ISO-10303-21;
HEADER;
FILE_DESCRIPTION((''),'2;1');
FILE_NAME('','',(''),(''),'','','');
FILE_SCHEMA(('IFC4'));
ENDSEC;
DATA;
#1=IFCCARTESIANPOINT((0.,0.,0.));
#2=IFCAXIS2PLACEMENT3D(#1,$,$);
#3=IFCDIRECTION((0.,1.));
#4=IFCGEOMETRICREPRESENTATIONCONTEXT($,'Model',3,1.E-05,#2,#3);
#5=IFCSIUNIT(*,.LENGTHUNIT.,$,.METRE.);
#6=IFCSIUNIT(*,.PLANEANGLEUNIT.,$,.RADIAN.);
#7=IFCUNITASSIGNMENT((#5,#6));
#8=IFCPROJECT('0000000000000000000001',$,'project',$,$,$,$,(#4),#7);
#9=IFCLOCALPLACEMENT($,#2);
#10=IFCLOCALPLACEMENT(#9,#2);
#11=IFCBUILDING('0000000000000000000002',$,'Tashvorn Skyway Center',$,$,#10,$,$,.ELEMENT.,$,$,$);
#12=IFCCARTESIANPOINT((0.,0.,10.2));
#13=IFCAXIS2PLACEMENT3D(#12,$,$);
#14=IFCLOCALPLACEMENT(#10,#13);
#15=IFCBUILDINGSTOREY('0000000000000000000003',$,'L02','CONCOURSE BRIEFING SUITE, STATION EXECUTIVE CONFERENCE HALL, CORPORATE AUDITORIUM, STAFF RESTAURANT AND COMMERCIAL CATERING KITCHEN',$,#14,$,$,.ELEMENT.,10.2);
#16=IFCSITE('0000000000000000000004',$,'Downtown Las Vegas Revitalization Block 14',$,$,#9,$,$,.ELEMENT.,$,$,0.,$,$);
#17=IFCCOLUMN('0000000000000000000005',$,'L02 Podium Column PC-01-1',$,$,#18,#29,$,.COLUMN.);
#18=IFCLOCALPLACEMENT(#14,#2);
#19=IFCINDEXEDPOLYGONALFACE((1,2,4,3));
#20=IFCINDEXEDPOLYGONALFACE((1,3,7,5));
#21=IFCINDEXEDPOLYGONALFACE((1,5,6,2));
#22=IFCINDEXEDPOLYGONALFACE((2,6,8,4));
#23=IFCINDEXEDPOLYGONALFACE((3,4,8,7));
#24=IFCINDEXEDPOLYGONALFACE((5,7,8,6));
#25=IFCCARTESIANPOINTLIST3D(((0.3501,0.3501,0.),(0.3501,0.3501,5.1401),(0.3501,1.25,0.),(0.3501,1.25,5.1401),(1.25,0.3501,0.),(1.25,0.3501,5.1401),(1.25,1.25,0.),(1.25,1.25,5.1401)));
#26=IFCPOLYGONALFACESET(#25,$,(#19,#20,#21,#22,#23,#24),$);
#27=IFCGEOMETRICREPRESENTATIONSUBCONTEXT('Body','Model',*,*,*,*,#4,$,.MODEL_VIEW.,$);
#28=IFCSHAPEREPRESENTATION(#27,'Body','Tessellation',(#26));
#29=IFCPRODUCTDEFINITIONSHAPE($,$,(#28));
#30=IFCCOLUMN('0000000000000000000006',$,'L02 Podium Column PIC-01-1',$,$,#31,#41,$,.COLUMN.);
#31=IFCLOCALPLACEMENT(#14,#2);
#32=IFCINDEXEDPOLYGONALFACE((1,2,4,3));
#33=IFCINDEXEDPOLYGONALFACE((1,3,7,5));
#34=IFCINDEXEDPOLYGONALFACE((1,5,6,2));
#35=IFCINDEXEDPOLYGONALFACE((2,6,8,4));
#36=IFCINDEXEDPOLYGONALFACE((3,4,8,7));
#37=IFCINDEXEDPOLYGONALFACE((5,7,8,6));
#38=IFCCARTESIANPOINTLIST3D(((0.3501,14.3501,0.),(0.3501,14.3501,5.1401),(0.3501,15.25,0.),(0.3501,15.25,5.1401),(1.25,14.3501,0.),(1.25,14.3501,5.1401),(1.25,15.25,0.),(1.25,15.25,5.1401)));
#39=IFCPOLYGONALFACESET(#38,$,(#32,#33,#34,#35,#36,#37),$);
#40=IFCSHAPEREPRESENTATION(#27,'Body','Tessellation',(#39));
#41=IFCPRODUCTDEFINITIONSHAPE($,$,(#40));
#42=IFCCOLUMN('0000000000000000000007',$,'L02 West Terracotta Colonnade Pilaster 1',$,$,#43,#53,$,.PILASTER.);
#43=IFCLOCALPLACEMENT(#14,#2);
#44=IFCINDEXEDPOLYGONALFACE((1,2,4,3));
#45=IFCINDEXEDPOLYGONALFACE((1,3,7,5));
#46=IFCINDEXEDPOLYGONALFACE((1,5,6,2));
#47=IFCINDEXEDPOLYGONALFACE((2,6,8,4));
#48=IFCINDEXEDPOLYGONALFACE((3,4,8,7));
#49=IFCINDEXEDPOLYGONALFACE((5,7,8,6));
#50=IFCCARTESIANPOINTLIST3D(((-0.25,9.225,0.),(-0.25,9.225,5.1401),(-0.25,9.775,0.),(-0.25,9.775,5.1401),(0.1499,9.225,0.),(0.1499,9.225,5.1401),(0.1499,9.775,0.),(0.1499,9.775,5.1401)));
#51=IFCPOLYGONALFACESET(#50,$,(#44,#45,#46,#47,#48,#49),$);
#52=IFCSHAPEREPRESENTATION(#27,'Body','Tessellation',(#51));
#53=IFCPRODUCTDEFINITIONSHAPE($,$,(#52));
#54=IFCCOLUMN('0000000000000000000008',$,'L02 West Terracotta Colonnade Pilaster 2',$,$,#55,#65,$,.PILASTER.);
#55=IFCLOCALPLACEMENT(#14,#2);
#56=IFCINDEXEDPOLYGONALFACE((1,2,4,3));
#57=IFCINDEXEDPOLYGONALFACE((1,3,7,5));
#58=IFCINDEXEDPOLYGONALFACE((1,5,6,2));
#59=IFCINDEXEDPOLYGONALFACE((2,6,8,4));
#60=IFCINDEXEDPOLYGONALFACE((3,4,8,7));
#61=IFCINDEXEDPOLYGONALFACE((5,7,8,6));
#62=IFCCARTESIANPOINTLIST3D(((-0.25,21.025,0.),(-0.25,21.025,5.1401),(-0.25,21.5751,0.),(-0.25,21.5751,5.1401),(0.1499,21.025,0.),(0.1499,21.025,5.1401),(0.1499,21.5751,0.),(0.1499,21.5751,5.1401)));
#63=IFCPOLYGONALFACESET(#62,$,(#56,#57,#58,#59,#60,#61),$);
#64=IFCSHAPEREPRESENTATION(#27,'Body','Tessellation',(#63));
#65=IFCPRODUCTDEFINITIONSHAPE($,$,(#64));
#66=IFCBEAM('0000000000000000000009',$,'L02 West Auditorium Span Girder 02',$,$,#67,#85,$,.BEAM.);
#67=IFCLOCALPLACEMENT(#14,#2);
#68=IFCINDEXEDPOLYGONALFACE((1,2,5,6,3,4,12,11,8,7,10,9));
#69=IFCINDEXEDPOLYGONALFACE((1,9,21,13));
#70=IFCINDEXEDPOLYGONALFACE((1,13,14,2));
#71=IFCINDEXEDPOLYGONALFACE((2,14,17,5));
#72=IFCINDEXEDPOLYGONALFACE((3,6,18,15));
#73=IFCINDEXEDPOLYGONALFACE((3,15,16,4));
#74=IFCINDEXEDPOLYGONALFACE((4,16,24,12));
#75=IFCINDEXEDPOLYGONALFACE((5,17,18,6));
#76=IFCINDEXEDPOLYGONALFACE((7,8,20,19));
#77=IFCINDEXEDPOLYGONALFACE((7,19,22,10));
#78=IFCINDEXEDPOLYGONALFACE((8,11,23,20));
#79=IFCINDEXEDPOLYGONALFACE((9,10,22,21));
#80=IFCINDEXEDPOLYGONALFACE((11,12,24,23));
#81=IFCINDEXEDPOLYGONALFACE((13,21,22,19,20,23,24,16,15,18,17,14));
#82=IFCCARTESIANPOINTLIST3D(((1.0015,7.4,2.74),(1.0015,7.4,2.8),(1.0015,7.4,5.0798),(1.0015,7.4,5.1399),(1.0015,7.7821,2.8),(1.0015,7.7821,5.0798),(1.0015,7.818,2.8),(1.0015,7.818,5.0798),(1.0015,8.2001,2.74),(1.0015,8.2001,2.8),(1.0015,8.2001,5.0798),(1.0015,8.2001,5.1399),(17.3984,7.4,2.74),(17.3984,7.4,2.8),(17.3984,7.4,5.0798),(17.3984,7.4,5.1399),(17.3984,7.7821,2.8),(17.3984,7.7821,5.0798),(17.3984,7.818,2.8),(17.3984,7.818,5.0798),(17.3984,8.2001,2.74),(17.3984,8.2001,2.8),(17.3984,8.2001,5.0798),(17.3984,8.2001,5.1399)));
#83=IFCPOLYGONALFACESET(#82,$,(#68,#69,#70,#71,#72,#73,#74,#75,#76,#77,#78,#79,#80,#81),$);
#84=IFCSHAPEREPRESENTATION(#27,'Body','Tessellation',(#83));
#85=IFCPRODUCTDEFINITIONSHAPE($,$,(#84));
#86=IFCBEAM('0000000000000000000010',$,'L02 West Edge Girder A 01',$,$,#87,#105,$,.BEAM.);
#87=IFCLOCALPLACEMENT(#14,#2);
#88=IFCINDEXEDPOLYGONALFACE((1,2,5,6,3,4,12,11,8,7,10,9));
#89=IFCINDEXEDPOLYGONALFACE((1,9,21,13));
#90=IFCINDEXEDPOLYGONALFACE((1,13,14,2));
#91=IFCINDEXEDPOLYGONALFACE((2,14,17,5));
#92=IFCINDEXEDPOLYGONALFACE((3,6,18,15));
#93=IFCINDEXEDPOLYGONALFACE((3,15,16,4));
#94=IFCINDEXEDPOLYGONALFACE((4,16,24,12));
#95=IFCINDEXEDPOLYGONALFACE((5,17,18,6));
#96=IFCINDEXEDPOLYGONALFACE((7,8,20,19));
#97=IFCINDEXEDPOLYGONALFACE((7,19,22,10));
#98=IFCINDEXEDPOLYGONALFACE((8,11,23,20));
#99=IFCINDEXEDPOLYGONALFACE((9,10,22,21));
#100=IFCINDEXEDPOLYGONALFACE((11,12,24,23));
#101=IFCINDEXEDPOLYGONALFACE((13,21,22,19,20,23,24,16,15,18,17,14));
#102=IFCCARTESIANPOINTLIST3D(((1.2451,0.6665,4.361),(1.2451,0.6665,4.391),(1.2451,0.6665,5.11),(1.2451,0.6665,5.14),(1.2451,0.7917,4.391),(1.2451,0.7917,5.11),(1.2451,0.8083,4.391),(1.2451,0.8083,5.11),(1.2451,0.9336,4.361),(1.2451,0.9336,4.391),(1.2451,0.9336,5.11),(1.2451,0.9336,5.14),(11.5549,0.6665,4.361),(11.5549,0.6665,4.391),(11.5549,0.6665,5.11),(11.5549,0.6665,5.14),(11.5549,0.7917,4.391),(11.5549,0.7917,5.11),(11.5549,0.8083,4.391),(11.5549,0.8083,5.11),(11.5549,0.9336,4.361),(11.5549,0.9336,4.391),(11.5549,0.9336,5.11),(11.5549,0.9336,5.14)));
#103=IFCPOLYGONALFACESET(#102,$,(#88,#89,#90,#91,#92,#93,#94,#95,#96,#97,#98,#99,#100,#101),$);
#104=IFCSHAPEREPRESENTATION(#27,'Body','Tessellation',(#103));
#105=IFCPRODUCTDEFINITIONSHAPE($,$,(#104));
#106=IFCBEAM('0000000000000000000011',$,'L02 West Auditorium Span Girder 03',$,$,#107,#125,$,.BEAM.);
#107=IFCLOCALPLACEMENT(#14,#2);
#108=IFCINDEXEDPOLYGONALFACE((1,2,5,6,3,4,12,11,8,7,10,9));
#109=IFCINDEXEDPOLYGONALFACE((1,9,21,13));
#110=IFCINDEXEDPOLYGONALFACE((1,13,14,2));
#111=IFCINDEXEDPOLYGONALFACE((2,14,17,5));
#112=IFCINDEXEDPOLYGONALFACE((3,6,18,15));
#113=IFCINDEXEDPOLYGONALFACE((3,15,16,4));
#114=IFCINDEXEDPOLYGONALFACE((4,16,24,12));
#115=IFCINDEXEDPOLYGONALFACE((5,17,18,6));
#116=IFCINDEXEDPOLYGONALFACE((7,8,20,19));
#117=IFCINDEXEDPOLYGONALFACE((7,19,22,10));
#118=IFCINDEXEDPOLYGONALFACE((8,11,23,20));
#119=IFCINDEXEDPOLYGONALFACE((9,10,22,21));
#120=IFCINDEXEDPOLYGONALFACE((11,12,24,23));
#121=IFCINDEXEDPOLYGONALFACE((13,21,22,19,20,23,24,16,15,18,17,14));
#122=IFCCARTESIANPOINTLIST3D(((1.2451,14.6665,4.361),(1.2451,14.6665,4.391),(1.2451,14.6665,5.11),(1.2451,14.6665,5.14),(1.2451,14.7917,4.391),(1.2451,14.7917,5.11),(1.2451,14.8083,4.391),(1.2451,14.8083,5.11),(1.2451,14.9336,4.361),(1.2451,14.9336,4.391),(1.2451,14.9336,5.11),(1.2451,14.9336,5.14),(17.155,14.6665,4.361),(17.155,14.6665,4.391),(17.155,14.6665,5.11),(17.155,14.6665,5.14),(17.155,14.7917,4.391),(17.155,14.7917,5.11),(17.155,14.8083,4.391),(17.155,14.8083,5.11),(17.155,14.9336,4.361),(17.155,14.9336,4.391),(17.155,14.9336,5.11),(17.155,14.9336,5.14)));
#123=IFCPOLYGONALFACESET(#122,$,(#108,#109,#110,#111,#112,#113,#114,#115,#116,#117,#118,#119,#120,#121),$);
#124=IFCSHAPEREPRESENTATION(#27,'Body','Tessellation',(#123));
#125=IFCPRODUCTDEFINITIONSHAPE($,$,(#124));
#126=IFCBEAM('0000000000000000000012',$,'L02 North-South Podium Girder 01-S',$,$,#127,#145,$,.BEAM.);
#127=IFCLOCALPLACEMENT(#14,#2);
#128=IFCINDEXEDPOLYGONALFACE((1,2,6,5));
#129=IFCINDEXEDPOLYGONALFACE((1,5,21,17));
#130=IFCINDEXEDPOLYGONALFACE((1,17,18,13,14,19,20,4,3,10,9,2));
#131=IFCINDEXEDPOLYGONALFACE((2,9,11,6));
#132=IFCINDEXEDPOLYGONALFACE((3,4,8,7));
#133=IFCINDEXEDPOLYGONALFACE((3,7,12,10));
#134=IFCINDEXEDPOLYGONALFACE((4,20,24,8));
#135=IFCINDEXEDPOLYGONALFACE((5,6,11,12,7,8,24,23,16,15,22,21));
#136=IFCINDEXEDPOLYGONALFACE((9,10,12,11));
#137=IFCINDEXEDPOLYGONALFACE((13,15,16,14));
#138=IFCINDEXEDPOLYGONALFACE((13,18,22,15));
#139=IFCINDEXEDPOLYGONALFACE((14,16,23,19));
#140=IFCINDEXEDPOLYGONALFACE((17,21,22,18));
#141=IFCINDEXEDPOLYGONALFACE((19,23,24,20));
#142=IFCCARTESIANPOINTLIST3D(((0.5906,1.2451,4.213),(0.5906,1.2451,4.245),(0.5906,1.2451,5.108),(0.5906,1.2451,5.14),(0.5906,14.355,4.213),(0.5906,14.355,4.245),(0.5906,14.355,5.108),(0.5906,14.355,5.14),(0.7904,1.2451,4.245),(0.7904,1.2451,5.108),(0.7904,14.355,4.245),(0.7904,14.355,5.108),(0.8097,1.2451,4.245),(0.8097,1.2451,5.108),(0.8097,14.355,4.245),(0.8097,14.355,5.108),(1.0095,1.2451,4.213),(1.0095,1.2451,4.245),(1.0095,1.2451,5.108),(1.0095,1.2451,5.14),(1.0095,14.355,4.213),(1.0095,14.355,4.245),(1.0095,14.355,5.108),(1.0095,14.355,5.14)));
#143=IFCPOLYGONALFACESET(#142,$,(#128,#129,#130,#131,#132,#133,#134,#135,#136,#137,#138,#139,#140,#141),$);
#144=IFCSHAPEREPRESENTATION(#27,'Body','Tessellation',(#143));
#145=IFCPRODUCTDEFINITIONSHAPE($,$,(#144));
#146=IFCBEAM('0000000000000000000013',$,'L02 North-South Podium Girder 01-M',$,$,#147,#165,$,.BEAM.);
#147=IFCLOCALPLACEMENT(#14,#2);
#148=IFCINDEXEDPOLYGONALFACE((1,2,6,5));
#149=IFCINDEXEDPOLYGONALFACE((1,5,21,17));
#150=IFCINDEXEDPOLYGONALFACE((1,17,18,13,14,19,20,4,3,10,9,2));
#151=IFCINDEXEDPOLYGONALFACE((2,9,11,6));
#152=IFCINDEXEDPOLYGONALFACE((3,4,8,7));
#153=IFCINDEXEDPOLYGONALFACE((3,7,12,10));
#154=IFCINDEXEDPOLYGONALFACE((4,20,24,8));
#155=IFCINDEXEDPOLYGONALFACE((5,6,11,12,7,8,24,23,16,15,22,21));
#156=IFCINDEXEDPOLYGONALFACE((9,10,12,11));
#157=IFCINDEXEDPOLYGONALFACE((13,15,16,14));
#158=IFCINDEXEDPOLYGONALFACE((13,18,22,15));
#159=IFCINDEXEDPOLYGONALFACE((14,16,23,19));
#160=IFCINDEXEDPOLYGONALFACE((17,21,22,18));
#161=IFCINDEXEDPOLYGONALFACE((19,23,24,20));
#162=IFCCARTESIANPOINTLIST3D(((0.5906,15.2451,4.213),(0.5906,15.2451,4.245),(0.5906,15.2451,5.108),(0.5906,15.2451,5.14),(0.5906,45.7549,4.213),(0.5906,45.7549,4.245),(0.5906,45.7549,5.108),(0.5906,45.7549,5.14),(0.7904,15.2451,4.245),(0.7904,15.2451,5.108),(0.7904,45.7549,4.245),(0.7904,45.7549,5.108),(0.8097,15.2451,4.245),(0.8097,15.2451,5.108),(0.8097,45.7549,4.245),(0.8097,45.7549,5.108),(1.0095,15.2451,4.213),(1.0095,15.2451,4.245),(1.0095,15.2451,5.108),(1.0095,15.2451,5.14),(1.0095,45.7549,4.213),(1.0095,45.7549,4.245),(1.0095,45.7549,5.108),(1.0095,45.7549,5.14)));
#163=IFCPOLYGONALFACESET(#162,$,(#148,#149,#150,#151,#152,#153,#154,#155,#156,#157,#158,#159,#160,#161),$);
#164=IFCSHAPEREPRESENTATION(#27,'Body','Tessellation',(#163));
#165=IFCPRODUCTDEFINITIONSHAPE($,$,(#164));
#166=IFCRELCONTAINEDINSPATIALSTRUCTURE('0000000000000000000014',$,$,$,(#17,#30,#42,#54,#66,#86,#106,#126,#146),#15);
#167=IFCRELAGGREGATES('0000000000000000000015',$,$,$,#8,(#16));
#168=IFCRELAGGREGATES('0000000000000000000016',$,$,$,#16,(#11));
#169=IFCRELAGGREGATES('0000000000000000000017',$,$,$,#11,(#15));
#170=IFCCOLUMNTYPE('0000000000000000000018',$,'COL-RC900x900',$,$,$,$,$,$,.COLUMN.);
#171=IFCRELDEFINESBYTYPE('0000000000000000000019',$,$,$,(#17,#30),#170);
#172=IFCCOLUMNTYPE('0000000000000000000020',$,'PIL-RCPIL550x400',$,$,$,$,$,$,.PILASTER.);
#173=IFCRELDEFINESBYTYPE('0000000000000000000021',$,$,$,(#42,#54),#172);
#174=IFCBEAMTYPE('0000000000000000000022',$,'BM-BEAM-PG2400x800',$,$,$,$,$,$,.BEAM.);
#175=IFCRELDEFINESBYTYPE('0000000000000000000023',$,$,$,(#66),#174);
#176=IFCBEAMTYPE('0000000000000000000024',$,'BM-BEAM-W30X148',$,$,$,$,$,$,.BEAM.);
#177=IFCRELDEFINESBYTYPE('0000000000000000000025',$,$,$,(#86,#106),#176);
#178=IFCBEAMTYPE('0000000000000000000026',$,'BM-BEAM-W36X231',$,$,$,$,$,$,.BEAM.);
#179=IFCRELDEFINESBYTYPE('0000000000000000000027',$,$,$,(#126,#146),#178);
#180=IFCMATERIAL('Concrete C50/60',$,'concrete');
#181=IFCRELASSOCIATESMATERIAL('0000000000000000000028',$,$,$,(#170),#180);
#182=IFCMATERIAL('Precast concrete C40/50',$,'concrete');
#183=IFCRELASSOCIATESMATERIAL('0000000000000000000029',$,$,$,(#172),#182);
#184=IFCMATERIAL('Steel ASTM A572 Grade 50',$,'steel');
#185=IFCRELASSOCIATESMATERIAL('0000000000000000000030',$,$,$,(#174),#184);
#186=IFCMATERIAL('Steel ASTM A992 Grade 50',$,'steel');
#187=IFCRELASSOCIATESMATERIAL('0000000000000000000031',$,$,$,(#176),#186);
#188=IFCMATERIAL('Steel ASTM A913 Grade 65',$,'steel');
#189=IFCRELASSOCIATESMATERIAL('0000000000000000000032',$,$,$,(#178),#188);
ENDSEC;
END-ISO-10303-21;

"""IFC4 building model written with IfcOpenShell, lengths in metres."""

from ifc_helpers import new_model, si_unit, direction, frame, origin, origin_2d, place, context, subcontext, project, spatial, rectangle, i_section, extrude, material, material_profile, profile_set, type_object, element, save


model = new_model("IFC4")

# Units and contexts
model_context = context("Model", 3, precision=1e-05, world=origin(), true_north=direction((0.0, 1.0)))
body_context = subcontext(model_context, "Body", "Model", "MODEL_VIEW")
ifc_project = project(units=[si_unit("LENGTHUNIT", "METRE"), si_unit("PLANEANGLEUNIT", "RADIAN")], contexts=[model_context])

# Site, building, storey
site_placement = place(None, origin())
site = spatial("IfcSite", under=ifc_project, at=site_placement, Name="Downtown Las Vegas Revitalization Block 14", CompositionType="ELEMENT", RefElevation=0.0)
building_placement = place(site_placement, origin())
building = spatial("IfcBuilding", under=site, at=building_placement, Name="Tashvorn Skyway Center", CompositionType="ELEMENT")
storey_placement = place(building_placement, frame((0.0, 0.0, 10.2)))
storey = spatial("IfcBuildingStorey", under=building, at=storey_placement, Name="L02", Description="CONCOURSE BRIEFING SUITE, STATION EXECUTIVE CONFERENCE HALL, CORPORATE AUDITORIUM, STAFF RESTAURANT AND COMMERCIAL CATERING KITCHEN", CompositionType="ELEMENT", Elevation=10.2)

# Columns
ifc_material_1 = material(Name="Concrete C50/60", Category="concrete")
ifc_material_profile_1 = material_profile(ifc_material_1, rectangle(XDim=0.8999, YDim=0.8999, at=origin_2d()), Name="RC900x900")
ifc_profile_set_1 = profile_set([ifc_material_profile_1], Name="Concrete C50/60")
column_type_1 = type_object("IfcColumnType", Name="COL-RC900x900", PredefinedType="COLUMN", material=ifc_profile_set_1)
for number, where, z_axis, x_axis, name in (
    (1, (0.8, 0.8, 0.0), (0.0, 0.0, 1.0), (1.0, 0.0, 0.0), "L02 Podium Column PC-01-1"),
    (2, (0.8, 14.8, 0.0), (0.0, 0.0, 1.0), (1.0, 0.0, 0.0), "L02 Podium Column PIC-01-1"),
):
    element("IfcColumn", number, at=place(storey_placement, frame(where, z_axis=z_axis, x_axis=x_axis)), inside=storey, type_object=column_type_1, Name=name, PredefinedType="COLUMN", context=body_context, shape_type="SweptSolid", body=[
        extrude(rectangle(XDim=0.8999, YDim=0.8999, at=origin_2d()), origin(), (0.0, 0.0, 1.0), 5.1401),
    ])
ifc_material_2 = material(Name="Precast concrete C40/50", Category="concrete")
ifc_material_profile_2 = material_profile(ifc_material_2, rectangle(XDim=0.55, YDim=0.3999, at=origin_2d()), Name="RCPIL550x400")
ifc_profile_set_2 = profile_set([ifc_material_profile_2], Name="Precast concrete C40/50")
column_type_2 = type_object("IfcColumnType", Name="PIL-RCPIL550x400", PredefinedType="PILASTER", material=ifc_profile_set_2)
for number, where, z_axis, x_axis, name in (
    (3, (-0.05, 9.5, 0.0), (0.0, 0.0, 1.0), (0.0, 1.0, 0.0), "L02 West Terracotta Colonnade Pilaster 1"),
    (4, (-0.05, 21.3, 0.0), (0.0, 0.0, 1.0), (0.0, 1.0, 0.0), "L02 West Terracotta Colonnade Pilaster 2"),
):
    element("IfcColumn", number, at=place(storey_placement, frame(where, z_axis=z_axis, x_axis=x_axis)), inside=storey, type_object=column_type_2, Name=name, PredefinedType="PILASTER", context=body_context, shape_type="SweptSolid", body=[
        extrude(rectangle(XDim=0.55, YDim=0.3999, at=origin_2d()), origin(), (0.0, 0.0, 1.0), 5.1401),
    ])

# Beams
ifc_material_3 = material(Name="Steel ASTM A572 Grade 50", Category="steel")
ifc_material_profile_3 = material_profile(ifc_material_3, i_section(OverallWidth=0.8, OverallDepth=2.3999, WebThickness=0.0359, FlangeThickness=0.0601, at=origin_2d()), Name="PG2400x800")
ifc_profile_set_3 = profile_set([ifc_material_profile_3], Name="Steel ASTM A572 Grade 50")
beam_type_1 = type_object("IfcBeamType", Name="BM-BEAM-PG2400x800", PredefinedType="BEAM", material=ifc_profile_set_3)
beam_1_placement = place(storey_placement, frame((1.0015, 7.8, 3.9399), z_axis=(1.0, 0.0, 0.0), x_axis=(0.0, 1.0, 0.0)))
element("IfcBeam", 5, at=beam_1_placement, inside=storey, type_object=beam_type_1, Name="L02 West Auditorium Span Girder 02", PredefinedType="BEAM", context=body_context, shape_type="SweptSolid", body=[
    extrude(i_section(OverallWidth=0.8, OverallDepth=2.3999, WebThickness=0.0359, FlangeThickness=0.0601, at=origin_2d()), origin(), (0.0, 0.0, 1.0), 16.397),
])
ifc_material_4 = material(Name="Steel ASTM A992 Grade 50", Category="steel")
ifc_material_profile_4 = material_profile(ifc_material_4, i_section(OverallWidth=0.2671, OverallDepth=0.7791, WebThickness=0.0166, FlangeThickness=0.03, at=origin_2d()), Name="W30X148")
ifc_profile_set_4 = profile_set([ifc_material_profile_4], Name="Steel ASTM A992 Grade 50")
beam_type_2 = type_object("IfcBeamType", Name="BM-BEAM-W30X148", PredefinedType="BEAM", material=ifc_profile_set_4)
beam_2_placement = place(storey_placement, frame((1.2451, 0.8, 4.7505), z_axis=(1.0, 0.0, 0.0), x_axis=(0.0, 1.0, 0.0)))
element("IfcBeam", 6, at=beam_2_placement, inside=storey, type_object=beam_type_2, Name="L02 West Edge Girder A 01", PredefinedType="BEAM", context=body_context, shape_type="SweptSolid", body=[
    extrude(i_section(OverallWidth=0.2671, OverallDepth=0.7791, WebThickness=0.0166, FlangeThickness=0.03, at=origin_2d()), origin(), (0.0, 0.0, 1.0), 10.3098),
])
beam_3_placement = place(storey_placement, frame((1.2451, 14.8, 4.7505), z_axis=(1.0, 0.0, 0.0), x_axis=(0.0, 1.0, 0.0)))
element("IfcBeam", 7, at=beam_3_placement, inside=storey, type_object=beam_type_2, Name="L02 West Auditorium Span Girder 03", PredefinedType="BEAM", context=body_context, shape_type="SweptSolid", body=[
    extrude(i_section(OverallWidth=0.2671, OverallDepth=0.7791, WebThickness=0.0166, FlangeThickness=0.03, at=origin_2d()), origin(), (0.0, 0.0, 1.0), 15.9099),
])
ifc_material_5 = material(Name="Steel ASTM A913 Grade 65", Category="steel")
ifc_material_profile_5 = material_profile(ifc_material_5, i_section(OverallWidth=0.4189, OverallDepth=0.927, WebThickness=0.0193, FlangeThickness=0.032, at=origin_2d()), Name="W36X231")
ifc_profile_set_5 = profile_set([ifc_material_profile_5], Name="Steel ASTM A913 Grade 65")
beam_type_3 = type_object("IfcBeamType", Name="BM-BEAM-W36X231", PredefinedType="BEAM", material=ifc_profile_set_5)
beam_4_placement = place(storey_placement, frame((0.8, 1.2451, 4.6765), z_axis=(0.0, 1.0, 0.0), x_axis=(-1.0, 0.0, 0.0)))
element("IfcBeam", 8, at=beam_4_placement, inside=storey, type_object=beam_type_3, Name="L02 North-South Podium Girder 01-S", PredefinedType="BEAM", context=body_context, shape_type="SweptSolid", body=[
    extrude(i_section(OverallWidth=0.4189, OverallDepth=0.927, WebThickness=0.0193, FlangeThickness=0.032, at=origin_2d()), origin(), (0.0, 0.0, 1.0), 13.1099),
])
beam_5_placement = place(storey_placement, frame((0.8, 15.2451, 4.6765), z_axis=(0.0, 1.0, 0.0), x_axis=(-1.0, 0.0, 0.0)))
element("IfcBeam", 9, at=beam_5_placement, inside=storey, type_object=beam_type_3, Name="L02 North-South Podium Girder 01-M", PredefinedType="BEAM", context=body_context, shape_type="SweptSolid", body=[
    extrude(i_section(OverallWidth=0.4189, OverallDepth=0.927, WebThickness=0.0193, FlangeThickness=0.032, at=origin_2d()), origin(), (0.0, 0.0, 1.0), 30.5098),
])

save(model, "model.ifc")
